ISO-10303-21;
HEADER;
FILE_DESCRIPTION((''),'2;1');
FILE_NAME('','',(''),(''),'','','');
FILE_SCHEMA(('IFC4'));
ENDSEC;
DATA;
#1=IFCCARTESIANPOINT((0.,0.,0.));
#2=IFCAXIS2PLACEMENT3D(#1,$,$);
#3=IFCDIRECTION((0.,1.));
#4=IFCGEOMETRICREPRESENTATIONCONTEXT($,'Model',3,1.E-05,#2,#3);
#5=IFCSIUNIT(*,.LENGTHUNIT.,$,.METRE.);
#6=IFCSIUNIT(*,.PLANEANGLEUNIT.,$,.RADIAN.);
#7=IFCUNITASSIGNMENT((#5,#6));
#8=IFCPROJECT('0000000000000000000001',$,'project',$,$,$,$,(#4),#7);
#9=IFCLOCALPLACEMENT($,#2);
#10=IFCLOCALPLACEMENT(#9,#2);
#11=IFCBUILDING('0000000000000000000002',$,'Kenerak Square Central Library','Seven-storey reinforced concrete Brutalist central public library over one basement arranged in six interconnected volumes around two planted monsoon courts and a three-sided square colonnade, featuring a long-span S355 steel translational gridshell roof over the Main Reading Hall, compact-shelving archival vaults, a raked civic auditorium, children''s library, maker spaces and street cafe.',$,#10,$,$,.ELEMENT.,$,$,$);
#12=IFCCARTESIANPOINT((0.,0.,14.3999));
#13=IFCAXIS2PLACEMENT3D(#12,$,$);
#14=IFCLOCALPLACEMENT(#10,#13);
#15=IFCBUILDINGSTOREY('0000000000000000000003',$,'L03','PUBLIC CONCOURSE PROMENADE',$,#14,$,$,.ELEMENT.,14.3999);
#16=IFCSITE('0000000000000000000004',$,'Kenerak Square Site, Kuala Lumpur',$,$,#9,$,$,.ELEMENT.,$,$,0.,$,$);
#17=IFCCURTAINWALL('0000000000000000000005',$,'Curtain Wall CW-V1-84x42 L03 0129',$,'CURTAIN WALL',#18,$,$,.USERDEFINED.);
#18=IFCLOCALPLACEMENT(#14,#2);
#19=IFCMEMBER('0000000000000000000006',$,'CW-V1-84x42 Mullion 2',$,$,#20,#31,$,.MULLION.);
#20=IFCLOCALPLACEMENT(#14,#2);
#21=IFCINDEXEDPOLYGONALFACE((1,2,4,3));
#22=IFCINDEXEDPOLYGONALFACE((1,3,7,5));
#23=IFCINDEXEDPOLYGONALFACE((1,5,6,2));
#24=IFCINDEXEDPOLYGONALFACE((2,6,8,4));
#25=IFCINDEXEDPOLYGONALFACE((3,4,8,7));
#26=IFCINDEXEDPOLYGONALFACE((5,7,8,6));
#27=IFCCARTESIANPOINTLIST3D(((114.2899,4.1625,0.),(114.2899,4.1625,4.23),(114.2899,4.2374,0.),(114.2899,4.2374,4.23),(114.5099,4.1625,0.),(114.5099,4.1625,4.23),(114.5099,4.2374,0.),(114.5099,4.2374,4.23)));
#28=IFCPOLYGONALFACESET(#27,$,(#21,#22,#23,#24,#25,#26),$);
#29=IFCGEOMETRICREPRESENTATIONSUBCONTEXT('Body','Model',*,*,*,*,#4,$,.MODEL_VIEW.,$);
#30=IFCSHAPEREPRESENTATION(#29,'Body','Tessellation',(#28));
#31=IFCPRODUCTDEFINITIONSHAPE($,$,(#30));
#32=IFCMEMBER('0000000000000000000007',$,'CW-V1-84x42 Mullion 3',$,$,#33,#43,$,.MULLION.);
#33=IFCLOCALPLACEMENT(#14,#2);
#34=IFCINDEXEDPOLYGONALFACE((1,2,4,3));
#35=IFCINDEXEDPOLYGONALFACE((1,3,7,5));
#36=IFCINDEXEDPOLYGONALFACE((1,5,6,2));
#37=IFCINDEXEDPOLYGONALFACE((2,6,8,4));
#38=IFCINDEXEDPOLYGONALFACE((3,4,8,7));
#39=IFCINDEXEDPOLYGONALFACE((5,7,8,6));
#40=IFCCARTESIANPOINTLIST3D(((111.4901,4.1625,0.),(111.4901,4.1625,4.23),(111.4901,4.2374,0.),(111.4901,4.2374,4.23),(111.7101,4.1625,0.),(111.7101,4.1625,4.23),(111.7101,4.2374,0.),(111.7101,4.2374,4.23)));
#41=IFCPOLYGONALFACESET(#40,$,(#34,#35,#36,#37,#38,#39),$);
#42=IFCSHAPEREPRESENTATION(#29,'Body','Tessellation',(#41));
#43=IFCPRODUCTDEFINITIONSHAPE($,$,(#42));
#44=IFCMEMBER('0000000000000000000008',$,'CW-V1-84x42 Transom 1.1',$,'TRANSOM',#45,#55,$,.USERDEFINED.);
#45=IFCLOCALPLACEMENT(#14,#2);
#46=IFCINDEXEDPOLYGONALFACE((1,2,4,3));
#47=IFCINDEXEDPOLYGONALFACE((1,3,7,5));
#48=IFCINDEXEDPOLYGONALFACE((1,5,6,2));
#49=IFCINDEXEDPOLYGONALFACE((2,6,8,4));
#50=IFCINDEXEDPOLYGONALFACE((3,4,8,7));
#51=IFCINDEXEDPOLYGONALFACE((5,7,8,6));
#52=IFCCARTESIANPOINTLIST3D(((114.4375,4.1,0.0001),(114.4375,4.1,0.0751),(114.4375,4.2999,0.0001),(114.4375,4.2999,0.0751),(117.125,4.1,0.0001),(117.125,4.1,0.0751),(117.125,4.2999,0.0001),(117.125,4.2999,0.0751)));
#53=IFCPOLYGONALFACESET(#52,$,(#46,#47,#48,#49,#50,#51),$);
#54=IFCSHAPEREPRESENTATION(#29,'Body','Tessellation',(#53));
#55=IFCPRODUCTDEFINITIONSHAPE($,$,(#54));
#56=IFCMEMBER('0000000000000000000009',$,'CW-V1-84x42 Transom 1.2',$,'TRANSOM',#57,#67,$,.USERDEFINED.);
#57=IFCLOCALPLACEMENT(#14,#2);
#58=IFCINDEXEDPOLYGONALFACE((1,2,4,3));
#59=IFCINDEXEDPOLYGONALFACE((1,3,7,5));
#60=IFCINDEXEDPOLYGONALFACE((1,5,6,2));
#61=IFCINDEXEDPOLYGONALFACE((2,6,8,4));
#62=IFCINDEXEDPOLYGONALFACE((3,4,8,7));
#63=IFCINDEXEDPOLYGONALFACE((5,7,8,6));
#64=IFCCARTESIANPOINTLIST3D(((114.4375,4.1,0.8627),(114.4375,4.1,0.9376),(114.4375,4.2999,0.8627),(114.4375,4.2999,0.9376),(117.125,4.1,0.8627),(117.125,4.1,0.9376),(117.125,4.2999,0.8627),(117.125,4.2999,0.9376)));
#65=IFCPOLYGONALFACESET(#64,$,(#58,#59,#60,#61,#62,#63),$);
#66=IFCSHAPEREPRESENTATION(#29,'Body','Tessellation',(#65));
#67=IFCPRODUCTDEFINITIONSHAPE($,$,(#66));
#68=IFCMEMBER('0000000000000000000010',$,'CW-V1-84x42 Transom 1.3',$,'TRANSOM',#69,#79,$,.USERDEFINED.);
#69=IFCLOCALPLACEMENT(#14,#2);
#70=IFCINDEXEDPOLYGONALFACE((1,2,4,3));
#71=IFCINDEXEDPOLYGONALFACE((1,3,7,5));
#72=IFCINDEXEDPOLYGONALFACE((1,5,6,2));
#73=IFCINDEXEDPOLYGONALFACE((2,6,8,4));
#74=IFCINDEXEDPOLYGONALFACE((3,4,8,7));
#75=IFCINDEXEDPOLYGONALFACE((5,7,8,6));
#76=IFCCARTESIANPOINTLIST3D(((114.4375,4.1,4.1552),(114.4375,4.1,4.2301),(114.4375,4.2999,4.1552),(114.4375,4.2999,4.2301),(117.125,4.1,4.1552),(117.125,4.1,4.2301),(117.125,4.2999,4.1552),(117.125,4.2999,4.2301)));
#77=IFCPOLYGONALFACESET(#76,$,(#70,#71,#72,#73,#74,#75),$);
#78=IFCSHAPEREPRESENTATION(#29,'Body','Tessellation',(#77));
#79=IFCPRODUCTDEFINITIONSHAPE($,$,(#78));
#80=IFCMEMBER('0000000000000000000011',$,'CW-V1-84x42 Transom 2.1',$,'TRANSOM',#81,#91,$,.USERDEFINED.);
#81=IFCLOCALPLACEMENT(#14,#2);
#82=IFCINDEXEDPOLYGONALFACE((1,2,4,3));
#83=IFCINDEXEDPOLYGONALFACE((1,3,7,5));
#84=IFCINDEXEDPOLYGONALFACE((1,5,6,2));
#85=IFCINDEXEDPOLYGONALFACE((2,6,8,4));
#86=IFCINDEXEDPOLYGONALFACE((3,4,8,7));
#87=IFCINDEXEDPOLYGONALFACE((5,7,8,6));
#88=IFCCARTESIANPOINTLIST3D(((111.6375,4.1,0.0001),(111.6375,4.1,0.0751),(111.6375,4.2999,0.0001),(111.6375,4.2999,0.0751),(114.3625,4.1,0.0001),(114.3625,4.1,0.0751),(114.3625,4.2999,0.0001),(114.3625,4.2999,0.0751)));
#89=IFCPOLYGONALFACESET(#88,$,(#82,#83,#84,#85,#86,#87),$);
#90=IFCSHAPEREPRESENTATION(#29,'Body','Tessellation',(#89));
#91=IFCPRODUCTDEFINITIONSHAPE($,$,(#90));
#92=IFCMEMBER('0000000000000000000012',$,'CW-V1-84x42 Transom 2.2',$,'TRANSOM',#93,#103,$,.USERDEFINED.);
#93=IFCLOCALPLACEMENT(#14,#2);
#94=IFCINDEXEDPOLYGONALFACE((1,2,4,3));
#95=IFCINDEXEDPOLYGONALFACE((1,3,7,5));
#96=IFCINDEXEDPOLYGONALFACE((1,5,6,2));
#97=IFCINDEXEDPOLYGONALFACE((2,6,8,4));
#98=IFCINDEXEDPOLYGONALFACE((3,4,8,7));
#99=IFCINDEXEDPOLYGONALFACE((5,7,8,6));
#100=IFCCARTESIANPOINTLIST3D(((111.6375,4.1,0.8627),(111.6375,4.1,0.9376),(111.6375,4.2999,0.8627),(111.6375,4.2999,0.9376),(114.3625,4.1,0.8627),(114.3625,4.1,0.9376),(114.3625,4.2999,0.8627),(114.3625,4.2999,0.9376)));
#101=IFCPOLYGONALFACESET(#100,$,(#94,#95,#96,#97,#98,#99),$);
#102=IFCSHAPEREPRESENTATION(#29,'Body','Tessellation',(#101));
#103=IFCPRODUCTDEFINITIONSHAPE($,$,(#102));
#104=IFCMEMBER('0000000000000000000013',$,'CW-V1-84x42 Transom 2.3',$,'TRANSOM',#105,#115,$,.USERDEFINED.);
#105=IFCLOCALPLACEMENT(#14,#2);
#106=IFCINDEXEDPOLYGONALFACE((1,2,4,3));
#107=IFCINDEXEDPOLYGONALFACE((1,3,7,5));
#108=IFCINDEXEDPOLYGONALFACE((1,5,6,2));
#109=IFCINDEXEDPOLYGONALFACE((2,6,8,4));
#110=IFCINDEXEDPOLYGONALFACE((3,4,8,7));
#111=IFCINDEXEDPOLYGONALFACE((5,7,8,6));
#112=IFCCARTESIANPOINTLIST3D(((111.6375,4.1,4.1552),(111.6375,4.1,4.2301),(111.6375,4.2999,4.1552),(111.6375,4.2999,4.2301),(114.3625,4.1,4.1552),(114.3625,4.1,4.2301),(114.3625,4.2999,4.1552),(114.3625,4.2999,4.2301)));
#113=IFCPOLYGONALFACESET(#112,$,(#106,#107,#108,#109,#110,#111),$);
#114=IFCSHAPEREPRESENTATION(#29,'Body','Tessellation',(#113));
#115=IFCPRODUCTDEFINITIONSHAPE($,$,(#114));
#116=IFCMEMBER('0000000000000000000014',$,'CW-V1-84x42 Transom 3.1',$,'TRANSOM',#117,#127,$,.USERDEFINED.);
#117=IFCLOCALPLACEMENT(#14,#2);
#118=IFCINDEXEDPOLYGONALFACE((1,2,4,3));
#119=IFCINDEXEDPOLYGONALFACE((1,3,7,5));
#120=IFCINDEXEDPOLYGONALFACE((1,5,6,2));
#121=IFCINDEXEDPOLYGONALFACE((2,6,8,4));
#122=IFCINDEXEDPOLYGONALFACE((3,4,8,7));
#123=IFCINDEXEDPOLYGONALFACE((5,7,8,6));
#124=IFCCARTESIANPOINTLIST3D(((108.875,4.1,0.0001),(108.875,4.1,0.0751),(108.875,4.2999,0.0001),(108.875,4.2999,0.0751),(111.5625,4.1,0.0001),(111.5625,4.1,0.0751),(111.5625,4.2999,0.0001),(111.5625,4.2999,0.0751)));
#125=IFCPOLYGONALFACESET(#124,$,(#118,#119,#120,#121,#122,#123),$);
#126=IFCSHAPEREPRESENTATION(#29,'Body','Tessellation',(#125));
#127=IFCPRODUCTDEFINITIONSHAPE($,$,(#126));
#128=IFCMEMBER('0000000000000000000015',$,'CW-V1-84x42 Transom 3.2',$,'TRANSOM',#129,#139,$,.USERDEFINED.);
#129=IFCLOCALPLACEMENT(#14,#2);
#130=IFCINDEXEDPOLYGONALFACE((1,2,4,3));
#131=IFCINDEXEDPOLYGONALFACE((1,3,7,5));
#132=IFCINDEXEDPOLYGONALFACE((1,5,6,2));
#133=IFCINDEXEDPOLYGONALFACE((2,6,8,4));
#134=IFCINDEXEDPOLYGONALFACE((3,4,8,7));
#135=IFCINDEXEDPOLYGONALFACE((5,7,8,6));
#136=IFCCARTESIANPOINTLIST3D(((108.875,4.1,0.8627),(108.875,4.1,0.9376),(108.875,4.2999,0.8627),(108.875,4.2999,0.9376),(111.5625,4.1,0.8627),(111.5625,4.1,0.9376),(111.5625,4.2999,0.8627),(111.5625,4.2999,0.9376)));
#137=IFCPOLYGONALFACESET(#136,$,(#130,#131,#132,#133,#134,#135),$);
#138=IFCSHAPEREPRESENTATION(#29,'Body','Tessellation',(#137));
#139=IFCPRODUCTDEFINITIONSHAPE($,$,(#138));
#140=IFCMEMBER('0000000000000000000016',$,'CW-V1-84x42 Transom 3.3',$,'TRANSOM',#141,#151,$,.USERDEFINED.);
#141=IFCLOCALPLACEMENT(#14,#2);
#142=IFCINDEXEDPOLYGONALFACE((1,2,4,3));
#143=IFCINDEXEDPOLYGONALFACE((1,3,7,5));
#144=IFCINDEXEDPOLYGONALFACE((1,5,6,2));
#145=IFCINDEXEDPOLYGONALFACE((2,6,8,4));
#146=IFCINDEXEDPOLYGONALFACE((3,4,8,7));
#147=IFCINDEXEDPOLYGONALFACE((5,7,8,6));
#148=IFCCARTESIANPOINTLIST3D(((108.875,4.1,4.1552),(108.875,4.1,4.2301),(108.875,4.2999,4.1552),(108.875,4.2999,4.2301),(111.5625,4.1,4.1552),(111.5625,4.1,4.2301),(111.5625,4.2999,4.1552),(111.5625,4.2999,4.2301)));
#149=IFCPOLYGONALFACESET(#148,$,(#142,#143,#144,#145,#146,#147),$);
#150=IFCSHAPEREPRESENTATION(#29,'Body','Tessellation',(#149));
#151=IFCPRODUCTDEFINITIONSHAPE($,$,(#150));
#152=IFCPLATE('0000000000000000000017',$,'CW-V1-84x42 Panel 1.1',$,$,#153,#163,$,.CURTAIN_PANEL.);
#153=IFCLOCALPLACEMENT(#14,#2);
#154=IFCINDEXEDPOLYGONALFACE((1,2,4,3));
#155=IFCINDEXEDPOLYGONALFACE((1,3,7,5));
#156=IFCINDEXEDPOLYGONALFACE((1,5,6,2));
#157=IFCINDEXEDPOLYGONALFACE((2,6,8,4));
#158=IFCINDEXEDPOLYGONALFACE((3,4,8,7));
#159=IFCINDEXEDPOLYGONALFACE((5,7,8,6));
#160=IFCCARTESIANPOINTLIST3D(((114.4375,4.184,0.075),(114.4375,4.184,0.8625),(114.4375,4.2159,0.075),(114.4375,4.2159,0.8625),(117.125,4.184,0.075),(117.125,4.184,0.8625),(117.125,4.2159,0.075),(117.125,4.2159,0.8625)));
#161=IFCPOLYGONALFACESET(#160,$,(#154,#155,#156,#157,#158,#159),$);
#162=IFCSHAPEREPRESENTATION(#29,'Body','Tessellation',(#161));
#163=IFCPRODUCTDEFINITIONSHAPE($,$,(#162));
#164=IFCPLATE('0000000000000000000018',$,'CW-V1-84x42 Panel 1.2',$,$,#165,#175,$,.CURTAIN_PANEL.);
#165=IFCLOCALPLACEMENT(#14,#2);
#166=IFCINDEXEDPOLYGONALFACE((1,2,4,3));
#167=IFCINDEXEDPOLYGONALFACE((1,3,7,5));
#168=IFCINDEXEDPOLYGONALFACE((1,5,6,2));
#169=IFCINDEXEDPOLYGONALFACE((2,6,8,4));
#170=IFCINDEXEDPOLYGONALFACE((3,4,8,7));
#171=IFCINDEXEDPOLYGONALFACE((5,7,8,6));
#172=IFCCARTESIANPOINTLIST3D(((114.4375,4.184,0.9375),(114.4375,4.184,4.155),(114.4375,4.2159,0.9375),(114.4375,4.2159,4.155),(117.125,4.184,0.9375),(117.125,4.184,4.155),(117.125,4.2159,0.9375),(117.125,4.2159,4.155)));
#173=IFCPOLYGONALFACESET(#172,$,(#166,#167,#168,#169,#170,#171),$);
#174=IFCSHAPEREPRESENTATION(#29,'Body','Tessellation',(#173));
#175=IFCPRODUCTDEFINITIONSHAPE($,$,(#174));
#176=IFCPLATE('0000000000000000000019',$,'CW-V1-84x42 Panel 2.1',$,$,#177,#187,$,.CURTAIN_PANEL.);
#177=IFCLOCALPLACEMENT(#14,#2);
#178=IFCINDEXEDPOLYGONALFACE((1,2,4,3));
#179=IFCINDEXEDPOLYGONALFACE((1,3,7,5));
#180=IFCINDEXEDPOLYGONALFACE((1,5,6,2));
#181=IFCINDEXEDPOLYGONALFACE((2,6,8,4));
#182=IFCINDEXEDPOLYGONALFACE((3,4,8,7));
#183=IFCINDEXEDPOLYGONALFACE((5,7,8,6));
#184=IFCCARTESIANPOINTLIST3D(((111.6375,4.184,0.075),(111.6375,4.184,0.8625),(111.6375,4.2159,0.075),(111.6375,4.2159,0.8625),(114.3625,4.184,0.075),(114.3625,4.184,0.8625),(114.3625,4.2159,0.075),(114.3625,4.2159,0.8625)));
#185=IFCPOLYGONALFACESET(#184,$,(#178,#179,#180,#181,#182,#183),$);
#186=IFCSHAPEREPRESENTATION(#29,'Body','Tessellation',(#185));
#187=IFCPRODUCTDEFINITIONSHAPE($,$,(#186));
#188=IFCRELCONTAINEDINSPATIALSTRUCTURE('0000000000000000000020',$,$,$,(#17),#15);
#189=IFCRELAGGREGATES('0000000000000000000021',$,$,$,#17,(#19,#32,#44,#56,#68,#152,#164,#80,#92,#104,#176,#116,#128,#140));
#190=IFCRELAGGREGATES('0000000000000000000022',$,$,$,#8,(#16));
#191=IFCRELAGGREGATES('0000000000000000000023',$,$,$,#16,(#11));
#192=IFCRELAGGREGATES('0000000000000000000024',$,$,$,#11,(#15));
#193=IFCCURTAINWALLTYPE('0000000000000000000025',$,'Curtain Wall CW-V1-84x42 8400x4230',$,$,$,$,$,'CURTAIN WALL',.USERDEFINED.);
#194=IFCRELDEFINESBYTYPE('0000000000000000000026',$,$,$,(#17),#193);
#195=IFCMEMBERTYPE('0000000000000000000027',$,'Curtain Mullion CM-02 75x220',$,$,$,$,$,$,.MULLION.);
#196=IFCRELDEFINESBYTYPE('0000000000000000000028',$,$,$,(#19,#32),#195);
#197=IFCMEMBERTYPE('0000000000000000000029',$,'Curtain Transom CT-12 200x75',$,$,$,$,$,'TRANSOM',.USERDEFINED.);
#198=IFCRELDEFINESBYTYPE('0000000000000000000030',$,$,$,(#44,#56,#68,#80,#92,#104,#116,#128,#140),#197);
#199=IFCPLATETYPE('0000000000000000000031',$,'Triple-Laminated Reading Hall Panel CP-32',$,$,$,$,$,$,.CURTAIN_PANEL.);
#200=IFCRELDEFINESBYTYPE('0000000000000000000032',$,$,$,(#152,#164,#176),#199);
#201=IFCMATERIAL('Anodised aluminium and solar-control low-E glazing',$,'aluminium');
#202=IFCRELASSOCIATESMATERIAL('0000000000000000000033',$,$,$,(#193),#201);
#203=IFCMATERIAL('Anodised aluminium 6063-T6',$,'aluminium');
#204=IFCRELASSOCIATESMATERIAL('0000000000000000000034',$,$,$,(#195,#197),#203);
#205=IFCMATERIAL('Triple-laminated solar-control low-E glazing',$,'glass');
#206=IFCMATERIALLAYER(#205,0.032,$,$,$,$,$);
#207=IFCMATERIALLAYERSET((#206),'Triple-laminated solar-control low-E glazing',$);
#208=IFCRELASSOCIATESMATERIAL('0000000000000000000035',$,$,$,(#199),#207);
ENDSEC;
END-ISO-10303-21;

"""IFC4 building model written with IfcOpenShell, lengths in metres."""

from ifc_helpers import new_model, si_unit, direction, frame, origin, origin_2d, place, context, subcontext, project, spatial, rectangle, extrude, material, layer, layer_set, material_profile, profile_set, type_object, element, aggregate, save


model = new_model("IFC4")

# Units and contexts
model_context = context("Model", 3, precision=1e-05, world=origin(), true_north=direction((0.0, 1.0)))
body_context = subcontext(model_context, "Body", "Model", "MODEL_VIEW")
ifc_project = project(units=[si_unit("LENGTHUNIT", "METRE"), si_unit("PLANEANGLEUNIT", "RADIAN")], contexts=[model_context])

# Site, building, storey
site_placement = place(None, origin())
site = spatial("IfcSite", under=ifc_project, at=site_placement, Name="Kenerak Square Site, Kuala Lumpur", CompositionType="ELEMENT", RefElevation=0.0)
building_placement = place(site_placement, origin())
building = spatial("IfcBuilding", under=site, at=building_placement, Name="Kenerak Square Central Library", Description="Seven-storey reinforced concrete Brutalist central public library over one basement arranged in six interconnected volumes around two planted monsoon courts and a three-sided square colonnade, featuring a long-span S355 steel translational gridshell roof over the Main Reading Hall, compact-shelving archival vaults, a raked civic auditorium, children's library, maker spaces and street cafe.", CompositionType="ELEMENT")
storey_placement = place(building_placement, frame((0.0, 0.0, 14.3999)))
storey = spatial("IfcBuildingStorey", under=building, at=storey_placement, Name="L03", Description="PUBLIC CONCOURSE PROMENADE", CompositionType="ELEMENT", Elevation=14.3999)

# Curtain wall, members, plates
ifc_material_1 = material(Name="Anodised aluminium and solar-control low-E glazing", Category="aluminium")
curtain_wall_type = type_object("IfcCurtainWallType", Name="Curtain Wall CW-V1-84x42 8400x4230", ElementType="CURTAIN WALL", PredefinedType="USERDEFINED", material=ifc_material_1)
curtain_wall_placement = place(storey_placement, origin())
curtain_wall = element("IfcCurtainWall", 1, at=curtain_wall_placement, inside=storey, type_object=curtain_wall_type, Name="Curtain Wall CW-V1-84x42 L03 0129", ObjectType="CURTAIN WALL", PredefinedType="USERDEFINED")
ifc_material_2 = material(Name="Anodised aluminium 6063-T6", Category="aluminium")
ifc_material_profile_1 = material_profile(ifc_material_2, rectangle(XDim=0.075, YDim=0.22, at=origin_2d()), Name="AL MULLION 75x220")
ifc_profile_set_1 = profile_set([ifc_material_profile_1], Name="Anodised aluminium 6063-T6")
member_type_1 = type_object("IfcMemberType", Name="Curtain Mullion CM-02 75x220", PredefinedType="MULLION", material=ifc_profile_set_1)
member_1_placement = place(storey_placement, frame((114.3999, 4.2, 0.0), z_axis=(0.0, 0.0, 1.0), x_axis=(0.0, -1.0, 0.0)))
member_1 = element("IfcMember", 2, at=member_1_placement, type_object=member_type_1, Name="CW-V1-84x42 Mullion 2", PredefinedType="MULLION", context=body_context, shape_type="SweptSolid", body=[
    extrude(rectangle(XDim=0.075, YDim=0.22, at=origin_2d()), origin(), (0.0, 0.0, 1.0), 4.23),
])
member_2_placement = place(storey_placement, frame((111.6001, 4.2, 0.0), z_axis=(0.0, 0.0, 1.0), x_axis=(0.0, -1.0, 0.0)))
member_2 = element("IfcMember", 3, at=member_2_placement, type_object=member_type_1, Name="CW-V1-84x42 Mullion 3", PredefinedType="MULLION", context=body_context, shape_type="SweptSolid", body=[
    extrude(rectangle(XDim=0.075, YDim=0.22, at=origin_2d()), origin(), (0.0, 0.0, 1.0), 4.23),
])
ifc_material_profile_2 = material_profile(ifc_material_2, rectangle(XDim=0.2, YDim=0.075, at=origin_2d()), Name="AL TRANSOM 200x75")
ifc_profile_set_2 = profile_set([ifc_material_profile_2], Name="Anodised aluminium 6063-T6")
member_type_2 = type_object("IfcMemberType", Name="Curtain Transom CT-12 200x75", ElementType="TRANSOM", PredefinedType="USERDEFINED", material=ifc_profile_set_2)
member_3_placement = place(storey_placement, frame((117.125, 4.2, 0.0376), z_axis=(-1.0, 0.0, 0.0), x_axis=(0.0, -1.0, 0.0)))
member_3 = element("IfcMember", 4, at=member_3_placement, type_object=member_type_2, Name="CW-V1-84x42 Transom 1.1", ObjectType="TRANSOM", PredefinedType="USERDEFINED", context=body_context, shape_type="SweptSolid", body=[
    extrude(rectangle(XDim=0.2, YDim=0.075, at=origin_2d()), origin(), (0.0, 0.0, 1.0), 2.6875),
])
member_4_placement = place(storey_placement, frame((117.125, 4.2, 0.9001), z_axis=(-1.0, 0.0, 0.0), x_axis=(0.0, -1.0, 0.0)))
member_4 = element("IfcMember", 5, at=member_4_placement, type_object=member_type_2, Name="CW-V1-84x42 Transom 1.2", ObjectType="TRANSOM", PredefinedType="USERDEFINED", context=body_context, shape_type="SweptSolid", body=[
    extrude(rectangle(XDim=0.2, YDim=0.075, at=origin_2d()), origin(), (0.0, 0.0, 1.0), 2.6875),
])
member_5_placement = place(storey_placement, frame((117.125, 4.2, 4.1926), z_axis=(-1.0, 0.0, 0.0), x_axis=(0.0, -1.0, 0.0)))
member_5 = element("IfcMember", 6, at=member_5_placement, type_object=member_type_2, Name="CW-V1-84x42 Transom 1.3", ObjectType="TRANSOM", PredefinedType="USERDEFINED", context=body_context, shape_type="SweptSolid", body=[
    extrude(rectangle(XDim=0.2, YDim=0.075, at=origin_2d()), origin(), (0.0, 0.0, 1.0), 2.6875),
])
member_6_placement = place(storey_placement, frame((114.3625, 4.2, 0.0376), z_axis=(-1.0, 0.0, 0.0), x_axis=(0.0, -1.0, 0.0)))
member_6 = element("IfcMember", 7, at=member_6_placement, type_object=member_type_2, Name="CW-V1-84x42 Transom 2.1", ObjectType="TRANSOM", PredefinedType="USERDEFINED", context=body_context, shape_type="SweptSolid", body=[
    extrude(rectangle(XDim=0.2, YDim=0.075, at=origin_2d()), origin(), (0.0, 0.0, 1.0), 2.7251),
])
member_7_placement = place(storey_placement, frame((114.3625, 4.2, 0.9001), z_axis=(-1.0, 0.0, 0.0), x_axis=(0.0, -1.0, 0.0)))
member_7 = element("IfcMember", 8, at=member_7_placement, type_object=member_type_2, Name="CW-V1-84x42 Transom 2.2", ObjectType="TRANSOM", PredefinedType="USERDEFINED", context=body_context, shape_type="SweptSolid", body=[
    extrude(rectangle(XDim=0.2, YDim=0.075, at=origin_2d()), origin(), (0.0, 0.0, 1.0), 2.7251),
])
member_8_placement = place(storey_placement, frame((114.3625, 4.2, 4.1926), z_axis=(-1.0, 0.0, 0.0), x_axis=(0.0, -1.0, 0.0)))
member_8 = element("IfcMember", 9, at=member_8_placement, type_object=member_type_2, Name="CW-V1-84x42 Transom 2.3", ObjectType="TRANSOM", PredefinedType="USERDEFINED", context=body_context, shape_type="SweptSolid", body=[
    extrude(rectangle(XDim=0.2, YDim=0.075, at=origin_2d()), origin(), (0.0, 0.0, 1.0), 2.7251),
])
member_9_placement = place(storey_placement, frame((111.5625, 4.2, 0.0376), z_axis=(-1.0, 0.0, 0.0), x_axis=(0.0, -1.0, 0.0)))
member_9 = element("IfcMember", 10, at=member_9_placement, type_object=member_type_2, Name="CW-V1-84x42 Transom 3.1", ObjectType="TRANSOM", PredefinedType="USERDEFINED", context=body_context, shape_type="SweptSolid", body=[
    extrude(rectangle(XDim=0.2, YDim=0.075, at=origin_2d()), origin(), (0.0, 0.0, 1.0), 2.6875),
])
member_10_placement = place(storey_placement, frame((111.5625, 4.2, 0.9001), z_axis=(-1.0, 0.0, 0.0), x_axis=(0.0, -1.0, 0.0)))
member_10 = element("IfcMember", 11, at=member_10_placement, type_object=member_type_2, Name="CW-V1-84x42 Transom 3.2", ObjectType="TRANSOM", PredefinedType="USERDEFINED", context=body_context, shape_type="SweptSolid", body=[
    extrude(rectangle(XDim=0.2, YDim=0.075, at=origin_2d()), origin(), (0.0, 0.0, 1.0), 2.6875),
])
member_11_placement = place(storey_placement, frame((111.5625, 4.2, 4.1926), z_axis=(-1.0, 0.0, 0.0), x_axis=(0.0, -1.0, 0.0)))
member_11 = element("IfcMember", 12, at=member_11_placement, type_object=member_type_2, Name="CW-V1-84x42 Transom 3.3", ObjectType="TRANSOM", PredefinedType="USERDEFINED", context=body_context, shape_type="SweptSolid", body=[
    extrude(rectangle(XDim=0.2, YDim=0.075, at=origin_2d()), origin(), (0.0, 0.0, 1.0), 2.6875),
])
ifc_material_3 = material(Name="Triple-laminated solar-control low-E glazing", Category="glass")
ifc_layer = layer(ifc_material_3, 0.032)
ifc_layer_set = layer_set([ifc_layer], Name="Triple-laminated solar-control low-E glazing")
plate_type = type_object("IfcPlateType", Name="Triple-Laminated Reading Hall Panel CP-32", PredefinedType="CURTAIN_PANEL", material=ifc_layer_set)
plate_1_placement = place(storey_placement, frame((115.7812, 4.2, 0.075), z_axis=(0.0, 0.0, 1.0), x_axis=(-1.0, 0.0, 0.0)))
plate_1 = element("IfcPlate", 13, at=plate_1_placement, type_object=plate_type, Name="CW-V1-84x42 Panel 1.1", PredefinedType="CURTAIN_PANEL", context=body_context, shape_type="SweptSolid", body=[
    extrude(rectangle(XDim=2.6875, YDim=0.032, at=origin_2d()), origin(), (0.0, 0.0, 1.0), 0.7876),
])
plate_2_placement = place(storey_placement, frame((115.7812, 4.2, 0.9375), z_axis=(0.0, 0.0, 1.0), x_axis=(-1.0, 0.0, 0.0)))
plate_2 = element("IfcPlate", 14, at=plate_2_placement, type_object=plate_type, Name="CW-V1-84x42 Panel 1.2", PredefinedType="CURTAIN_PANEL", context=body_context, shape_type="SweptSolid", body=[
    extrude(rectangle(XDim=2.6875, YDim=0.032, at=origin_2d()), origin(), (0.0, 0.0, 1.0), 3.2175),
])
plate_3_placement = place(storey_placement, frame((113.0, 4.2, 0.075), z_axis=(0.0, 0.0, 1.0), x_axis=(-1.0, 0.0, 0.0)))
plate_3 = element("IfcPlate", 15, at=plate_3_placement, type_object=plate_type, Name="CW-V1-84x42 Panel 2.1", PredefinedType="CURTAIN_PANEL", context=body_context, shape_type="SweptSolid", body=[
    extrude(rectangle(XDim=2.7251, YDim=0.032, at=origin_2d()), origin(), (0.0, 0.0, 1.0), 0.7876),
])
aggregate(curtain_wall, [member_1, member_2, member_3, member_4, member_5, plate_1, plate_2, member_6, member_7, member_8, plate_3, member_9, member_10, member_11])

save(model, "model.ifc")
